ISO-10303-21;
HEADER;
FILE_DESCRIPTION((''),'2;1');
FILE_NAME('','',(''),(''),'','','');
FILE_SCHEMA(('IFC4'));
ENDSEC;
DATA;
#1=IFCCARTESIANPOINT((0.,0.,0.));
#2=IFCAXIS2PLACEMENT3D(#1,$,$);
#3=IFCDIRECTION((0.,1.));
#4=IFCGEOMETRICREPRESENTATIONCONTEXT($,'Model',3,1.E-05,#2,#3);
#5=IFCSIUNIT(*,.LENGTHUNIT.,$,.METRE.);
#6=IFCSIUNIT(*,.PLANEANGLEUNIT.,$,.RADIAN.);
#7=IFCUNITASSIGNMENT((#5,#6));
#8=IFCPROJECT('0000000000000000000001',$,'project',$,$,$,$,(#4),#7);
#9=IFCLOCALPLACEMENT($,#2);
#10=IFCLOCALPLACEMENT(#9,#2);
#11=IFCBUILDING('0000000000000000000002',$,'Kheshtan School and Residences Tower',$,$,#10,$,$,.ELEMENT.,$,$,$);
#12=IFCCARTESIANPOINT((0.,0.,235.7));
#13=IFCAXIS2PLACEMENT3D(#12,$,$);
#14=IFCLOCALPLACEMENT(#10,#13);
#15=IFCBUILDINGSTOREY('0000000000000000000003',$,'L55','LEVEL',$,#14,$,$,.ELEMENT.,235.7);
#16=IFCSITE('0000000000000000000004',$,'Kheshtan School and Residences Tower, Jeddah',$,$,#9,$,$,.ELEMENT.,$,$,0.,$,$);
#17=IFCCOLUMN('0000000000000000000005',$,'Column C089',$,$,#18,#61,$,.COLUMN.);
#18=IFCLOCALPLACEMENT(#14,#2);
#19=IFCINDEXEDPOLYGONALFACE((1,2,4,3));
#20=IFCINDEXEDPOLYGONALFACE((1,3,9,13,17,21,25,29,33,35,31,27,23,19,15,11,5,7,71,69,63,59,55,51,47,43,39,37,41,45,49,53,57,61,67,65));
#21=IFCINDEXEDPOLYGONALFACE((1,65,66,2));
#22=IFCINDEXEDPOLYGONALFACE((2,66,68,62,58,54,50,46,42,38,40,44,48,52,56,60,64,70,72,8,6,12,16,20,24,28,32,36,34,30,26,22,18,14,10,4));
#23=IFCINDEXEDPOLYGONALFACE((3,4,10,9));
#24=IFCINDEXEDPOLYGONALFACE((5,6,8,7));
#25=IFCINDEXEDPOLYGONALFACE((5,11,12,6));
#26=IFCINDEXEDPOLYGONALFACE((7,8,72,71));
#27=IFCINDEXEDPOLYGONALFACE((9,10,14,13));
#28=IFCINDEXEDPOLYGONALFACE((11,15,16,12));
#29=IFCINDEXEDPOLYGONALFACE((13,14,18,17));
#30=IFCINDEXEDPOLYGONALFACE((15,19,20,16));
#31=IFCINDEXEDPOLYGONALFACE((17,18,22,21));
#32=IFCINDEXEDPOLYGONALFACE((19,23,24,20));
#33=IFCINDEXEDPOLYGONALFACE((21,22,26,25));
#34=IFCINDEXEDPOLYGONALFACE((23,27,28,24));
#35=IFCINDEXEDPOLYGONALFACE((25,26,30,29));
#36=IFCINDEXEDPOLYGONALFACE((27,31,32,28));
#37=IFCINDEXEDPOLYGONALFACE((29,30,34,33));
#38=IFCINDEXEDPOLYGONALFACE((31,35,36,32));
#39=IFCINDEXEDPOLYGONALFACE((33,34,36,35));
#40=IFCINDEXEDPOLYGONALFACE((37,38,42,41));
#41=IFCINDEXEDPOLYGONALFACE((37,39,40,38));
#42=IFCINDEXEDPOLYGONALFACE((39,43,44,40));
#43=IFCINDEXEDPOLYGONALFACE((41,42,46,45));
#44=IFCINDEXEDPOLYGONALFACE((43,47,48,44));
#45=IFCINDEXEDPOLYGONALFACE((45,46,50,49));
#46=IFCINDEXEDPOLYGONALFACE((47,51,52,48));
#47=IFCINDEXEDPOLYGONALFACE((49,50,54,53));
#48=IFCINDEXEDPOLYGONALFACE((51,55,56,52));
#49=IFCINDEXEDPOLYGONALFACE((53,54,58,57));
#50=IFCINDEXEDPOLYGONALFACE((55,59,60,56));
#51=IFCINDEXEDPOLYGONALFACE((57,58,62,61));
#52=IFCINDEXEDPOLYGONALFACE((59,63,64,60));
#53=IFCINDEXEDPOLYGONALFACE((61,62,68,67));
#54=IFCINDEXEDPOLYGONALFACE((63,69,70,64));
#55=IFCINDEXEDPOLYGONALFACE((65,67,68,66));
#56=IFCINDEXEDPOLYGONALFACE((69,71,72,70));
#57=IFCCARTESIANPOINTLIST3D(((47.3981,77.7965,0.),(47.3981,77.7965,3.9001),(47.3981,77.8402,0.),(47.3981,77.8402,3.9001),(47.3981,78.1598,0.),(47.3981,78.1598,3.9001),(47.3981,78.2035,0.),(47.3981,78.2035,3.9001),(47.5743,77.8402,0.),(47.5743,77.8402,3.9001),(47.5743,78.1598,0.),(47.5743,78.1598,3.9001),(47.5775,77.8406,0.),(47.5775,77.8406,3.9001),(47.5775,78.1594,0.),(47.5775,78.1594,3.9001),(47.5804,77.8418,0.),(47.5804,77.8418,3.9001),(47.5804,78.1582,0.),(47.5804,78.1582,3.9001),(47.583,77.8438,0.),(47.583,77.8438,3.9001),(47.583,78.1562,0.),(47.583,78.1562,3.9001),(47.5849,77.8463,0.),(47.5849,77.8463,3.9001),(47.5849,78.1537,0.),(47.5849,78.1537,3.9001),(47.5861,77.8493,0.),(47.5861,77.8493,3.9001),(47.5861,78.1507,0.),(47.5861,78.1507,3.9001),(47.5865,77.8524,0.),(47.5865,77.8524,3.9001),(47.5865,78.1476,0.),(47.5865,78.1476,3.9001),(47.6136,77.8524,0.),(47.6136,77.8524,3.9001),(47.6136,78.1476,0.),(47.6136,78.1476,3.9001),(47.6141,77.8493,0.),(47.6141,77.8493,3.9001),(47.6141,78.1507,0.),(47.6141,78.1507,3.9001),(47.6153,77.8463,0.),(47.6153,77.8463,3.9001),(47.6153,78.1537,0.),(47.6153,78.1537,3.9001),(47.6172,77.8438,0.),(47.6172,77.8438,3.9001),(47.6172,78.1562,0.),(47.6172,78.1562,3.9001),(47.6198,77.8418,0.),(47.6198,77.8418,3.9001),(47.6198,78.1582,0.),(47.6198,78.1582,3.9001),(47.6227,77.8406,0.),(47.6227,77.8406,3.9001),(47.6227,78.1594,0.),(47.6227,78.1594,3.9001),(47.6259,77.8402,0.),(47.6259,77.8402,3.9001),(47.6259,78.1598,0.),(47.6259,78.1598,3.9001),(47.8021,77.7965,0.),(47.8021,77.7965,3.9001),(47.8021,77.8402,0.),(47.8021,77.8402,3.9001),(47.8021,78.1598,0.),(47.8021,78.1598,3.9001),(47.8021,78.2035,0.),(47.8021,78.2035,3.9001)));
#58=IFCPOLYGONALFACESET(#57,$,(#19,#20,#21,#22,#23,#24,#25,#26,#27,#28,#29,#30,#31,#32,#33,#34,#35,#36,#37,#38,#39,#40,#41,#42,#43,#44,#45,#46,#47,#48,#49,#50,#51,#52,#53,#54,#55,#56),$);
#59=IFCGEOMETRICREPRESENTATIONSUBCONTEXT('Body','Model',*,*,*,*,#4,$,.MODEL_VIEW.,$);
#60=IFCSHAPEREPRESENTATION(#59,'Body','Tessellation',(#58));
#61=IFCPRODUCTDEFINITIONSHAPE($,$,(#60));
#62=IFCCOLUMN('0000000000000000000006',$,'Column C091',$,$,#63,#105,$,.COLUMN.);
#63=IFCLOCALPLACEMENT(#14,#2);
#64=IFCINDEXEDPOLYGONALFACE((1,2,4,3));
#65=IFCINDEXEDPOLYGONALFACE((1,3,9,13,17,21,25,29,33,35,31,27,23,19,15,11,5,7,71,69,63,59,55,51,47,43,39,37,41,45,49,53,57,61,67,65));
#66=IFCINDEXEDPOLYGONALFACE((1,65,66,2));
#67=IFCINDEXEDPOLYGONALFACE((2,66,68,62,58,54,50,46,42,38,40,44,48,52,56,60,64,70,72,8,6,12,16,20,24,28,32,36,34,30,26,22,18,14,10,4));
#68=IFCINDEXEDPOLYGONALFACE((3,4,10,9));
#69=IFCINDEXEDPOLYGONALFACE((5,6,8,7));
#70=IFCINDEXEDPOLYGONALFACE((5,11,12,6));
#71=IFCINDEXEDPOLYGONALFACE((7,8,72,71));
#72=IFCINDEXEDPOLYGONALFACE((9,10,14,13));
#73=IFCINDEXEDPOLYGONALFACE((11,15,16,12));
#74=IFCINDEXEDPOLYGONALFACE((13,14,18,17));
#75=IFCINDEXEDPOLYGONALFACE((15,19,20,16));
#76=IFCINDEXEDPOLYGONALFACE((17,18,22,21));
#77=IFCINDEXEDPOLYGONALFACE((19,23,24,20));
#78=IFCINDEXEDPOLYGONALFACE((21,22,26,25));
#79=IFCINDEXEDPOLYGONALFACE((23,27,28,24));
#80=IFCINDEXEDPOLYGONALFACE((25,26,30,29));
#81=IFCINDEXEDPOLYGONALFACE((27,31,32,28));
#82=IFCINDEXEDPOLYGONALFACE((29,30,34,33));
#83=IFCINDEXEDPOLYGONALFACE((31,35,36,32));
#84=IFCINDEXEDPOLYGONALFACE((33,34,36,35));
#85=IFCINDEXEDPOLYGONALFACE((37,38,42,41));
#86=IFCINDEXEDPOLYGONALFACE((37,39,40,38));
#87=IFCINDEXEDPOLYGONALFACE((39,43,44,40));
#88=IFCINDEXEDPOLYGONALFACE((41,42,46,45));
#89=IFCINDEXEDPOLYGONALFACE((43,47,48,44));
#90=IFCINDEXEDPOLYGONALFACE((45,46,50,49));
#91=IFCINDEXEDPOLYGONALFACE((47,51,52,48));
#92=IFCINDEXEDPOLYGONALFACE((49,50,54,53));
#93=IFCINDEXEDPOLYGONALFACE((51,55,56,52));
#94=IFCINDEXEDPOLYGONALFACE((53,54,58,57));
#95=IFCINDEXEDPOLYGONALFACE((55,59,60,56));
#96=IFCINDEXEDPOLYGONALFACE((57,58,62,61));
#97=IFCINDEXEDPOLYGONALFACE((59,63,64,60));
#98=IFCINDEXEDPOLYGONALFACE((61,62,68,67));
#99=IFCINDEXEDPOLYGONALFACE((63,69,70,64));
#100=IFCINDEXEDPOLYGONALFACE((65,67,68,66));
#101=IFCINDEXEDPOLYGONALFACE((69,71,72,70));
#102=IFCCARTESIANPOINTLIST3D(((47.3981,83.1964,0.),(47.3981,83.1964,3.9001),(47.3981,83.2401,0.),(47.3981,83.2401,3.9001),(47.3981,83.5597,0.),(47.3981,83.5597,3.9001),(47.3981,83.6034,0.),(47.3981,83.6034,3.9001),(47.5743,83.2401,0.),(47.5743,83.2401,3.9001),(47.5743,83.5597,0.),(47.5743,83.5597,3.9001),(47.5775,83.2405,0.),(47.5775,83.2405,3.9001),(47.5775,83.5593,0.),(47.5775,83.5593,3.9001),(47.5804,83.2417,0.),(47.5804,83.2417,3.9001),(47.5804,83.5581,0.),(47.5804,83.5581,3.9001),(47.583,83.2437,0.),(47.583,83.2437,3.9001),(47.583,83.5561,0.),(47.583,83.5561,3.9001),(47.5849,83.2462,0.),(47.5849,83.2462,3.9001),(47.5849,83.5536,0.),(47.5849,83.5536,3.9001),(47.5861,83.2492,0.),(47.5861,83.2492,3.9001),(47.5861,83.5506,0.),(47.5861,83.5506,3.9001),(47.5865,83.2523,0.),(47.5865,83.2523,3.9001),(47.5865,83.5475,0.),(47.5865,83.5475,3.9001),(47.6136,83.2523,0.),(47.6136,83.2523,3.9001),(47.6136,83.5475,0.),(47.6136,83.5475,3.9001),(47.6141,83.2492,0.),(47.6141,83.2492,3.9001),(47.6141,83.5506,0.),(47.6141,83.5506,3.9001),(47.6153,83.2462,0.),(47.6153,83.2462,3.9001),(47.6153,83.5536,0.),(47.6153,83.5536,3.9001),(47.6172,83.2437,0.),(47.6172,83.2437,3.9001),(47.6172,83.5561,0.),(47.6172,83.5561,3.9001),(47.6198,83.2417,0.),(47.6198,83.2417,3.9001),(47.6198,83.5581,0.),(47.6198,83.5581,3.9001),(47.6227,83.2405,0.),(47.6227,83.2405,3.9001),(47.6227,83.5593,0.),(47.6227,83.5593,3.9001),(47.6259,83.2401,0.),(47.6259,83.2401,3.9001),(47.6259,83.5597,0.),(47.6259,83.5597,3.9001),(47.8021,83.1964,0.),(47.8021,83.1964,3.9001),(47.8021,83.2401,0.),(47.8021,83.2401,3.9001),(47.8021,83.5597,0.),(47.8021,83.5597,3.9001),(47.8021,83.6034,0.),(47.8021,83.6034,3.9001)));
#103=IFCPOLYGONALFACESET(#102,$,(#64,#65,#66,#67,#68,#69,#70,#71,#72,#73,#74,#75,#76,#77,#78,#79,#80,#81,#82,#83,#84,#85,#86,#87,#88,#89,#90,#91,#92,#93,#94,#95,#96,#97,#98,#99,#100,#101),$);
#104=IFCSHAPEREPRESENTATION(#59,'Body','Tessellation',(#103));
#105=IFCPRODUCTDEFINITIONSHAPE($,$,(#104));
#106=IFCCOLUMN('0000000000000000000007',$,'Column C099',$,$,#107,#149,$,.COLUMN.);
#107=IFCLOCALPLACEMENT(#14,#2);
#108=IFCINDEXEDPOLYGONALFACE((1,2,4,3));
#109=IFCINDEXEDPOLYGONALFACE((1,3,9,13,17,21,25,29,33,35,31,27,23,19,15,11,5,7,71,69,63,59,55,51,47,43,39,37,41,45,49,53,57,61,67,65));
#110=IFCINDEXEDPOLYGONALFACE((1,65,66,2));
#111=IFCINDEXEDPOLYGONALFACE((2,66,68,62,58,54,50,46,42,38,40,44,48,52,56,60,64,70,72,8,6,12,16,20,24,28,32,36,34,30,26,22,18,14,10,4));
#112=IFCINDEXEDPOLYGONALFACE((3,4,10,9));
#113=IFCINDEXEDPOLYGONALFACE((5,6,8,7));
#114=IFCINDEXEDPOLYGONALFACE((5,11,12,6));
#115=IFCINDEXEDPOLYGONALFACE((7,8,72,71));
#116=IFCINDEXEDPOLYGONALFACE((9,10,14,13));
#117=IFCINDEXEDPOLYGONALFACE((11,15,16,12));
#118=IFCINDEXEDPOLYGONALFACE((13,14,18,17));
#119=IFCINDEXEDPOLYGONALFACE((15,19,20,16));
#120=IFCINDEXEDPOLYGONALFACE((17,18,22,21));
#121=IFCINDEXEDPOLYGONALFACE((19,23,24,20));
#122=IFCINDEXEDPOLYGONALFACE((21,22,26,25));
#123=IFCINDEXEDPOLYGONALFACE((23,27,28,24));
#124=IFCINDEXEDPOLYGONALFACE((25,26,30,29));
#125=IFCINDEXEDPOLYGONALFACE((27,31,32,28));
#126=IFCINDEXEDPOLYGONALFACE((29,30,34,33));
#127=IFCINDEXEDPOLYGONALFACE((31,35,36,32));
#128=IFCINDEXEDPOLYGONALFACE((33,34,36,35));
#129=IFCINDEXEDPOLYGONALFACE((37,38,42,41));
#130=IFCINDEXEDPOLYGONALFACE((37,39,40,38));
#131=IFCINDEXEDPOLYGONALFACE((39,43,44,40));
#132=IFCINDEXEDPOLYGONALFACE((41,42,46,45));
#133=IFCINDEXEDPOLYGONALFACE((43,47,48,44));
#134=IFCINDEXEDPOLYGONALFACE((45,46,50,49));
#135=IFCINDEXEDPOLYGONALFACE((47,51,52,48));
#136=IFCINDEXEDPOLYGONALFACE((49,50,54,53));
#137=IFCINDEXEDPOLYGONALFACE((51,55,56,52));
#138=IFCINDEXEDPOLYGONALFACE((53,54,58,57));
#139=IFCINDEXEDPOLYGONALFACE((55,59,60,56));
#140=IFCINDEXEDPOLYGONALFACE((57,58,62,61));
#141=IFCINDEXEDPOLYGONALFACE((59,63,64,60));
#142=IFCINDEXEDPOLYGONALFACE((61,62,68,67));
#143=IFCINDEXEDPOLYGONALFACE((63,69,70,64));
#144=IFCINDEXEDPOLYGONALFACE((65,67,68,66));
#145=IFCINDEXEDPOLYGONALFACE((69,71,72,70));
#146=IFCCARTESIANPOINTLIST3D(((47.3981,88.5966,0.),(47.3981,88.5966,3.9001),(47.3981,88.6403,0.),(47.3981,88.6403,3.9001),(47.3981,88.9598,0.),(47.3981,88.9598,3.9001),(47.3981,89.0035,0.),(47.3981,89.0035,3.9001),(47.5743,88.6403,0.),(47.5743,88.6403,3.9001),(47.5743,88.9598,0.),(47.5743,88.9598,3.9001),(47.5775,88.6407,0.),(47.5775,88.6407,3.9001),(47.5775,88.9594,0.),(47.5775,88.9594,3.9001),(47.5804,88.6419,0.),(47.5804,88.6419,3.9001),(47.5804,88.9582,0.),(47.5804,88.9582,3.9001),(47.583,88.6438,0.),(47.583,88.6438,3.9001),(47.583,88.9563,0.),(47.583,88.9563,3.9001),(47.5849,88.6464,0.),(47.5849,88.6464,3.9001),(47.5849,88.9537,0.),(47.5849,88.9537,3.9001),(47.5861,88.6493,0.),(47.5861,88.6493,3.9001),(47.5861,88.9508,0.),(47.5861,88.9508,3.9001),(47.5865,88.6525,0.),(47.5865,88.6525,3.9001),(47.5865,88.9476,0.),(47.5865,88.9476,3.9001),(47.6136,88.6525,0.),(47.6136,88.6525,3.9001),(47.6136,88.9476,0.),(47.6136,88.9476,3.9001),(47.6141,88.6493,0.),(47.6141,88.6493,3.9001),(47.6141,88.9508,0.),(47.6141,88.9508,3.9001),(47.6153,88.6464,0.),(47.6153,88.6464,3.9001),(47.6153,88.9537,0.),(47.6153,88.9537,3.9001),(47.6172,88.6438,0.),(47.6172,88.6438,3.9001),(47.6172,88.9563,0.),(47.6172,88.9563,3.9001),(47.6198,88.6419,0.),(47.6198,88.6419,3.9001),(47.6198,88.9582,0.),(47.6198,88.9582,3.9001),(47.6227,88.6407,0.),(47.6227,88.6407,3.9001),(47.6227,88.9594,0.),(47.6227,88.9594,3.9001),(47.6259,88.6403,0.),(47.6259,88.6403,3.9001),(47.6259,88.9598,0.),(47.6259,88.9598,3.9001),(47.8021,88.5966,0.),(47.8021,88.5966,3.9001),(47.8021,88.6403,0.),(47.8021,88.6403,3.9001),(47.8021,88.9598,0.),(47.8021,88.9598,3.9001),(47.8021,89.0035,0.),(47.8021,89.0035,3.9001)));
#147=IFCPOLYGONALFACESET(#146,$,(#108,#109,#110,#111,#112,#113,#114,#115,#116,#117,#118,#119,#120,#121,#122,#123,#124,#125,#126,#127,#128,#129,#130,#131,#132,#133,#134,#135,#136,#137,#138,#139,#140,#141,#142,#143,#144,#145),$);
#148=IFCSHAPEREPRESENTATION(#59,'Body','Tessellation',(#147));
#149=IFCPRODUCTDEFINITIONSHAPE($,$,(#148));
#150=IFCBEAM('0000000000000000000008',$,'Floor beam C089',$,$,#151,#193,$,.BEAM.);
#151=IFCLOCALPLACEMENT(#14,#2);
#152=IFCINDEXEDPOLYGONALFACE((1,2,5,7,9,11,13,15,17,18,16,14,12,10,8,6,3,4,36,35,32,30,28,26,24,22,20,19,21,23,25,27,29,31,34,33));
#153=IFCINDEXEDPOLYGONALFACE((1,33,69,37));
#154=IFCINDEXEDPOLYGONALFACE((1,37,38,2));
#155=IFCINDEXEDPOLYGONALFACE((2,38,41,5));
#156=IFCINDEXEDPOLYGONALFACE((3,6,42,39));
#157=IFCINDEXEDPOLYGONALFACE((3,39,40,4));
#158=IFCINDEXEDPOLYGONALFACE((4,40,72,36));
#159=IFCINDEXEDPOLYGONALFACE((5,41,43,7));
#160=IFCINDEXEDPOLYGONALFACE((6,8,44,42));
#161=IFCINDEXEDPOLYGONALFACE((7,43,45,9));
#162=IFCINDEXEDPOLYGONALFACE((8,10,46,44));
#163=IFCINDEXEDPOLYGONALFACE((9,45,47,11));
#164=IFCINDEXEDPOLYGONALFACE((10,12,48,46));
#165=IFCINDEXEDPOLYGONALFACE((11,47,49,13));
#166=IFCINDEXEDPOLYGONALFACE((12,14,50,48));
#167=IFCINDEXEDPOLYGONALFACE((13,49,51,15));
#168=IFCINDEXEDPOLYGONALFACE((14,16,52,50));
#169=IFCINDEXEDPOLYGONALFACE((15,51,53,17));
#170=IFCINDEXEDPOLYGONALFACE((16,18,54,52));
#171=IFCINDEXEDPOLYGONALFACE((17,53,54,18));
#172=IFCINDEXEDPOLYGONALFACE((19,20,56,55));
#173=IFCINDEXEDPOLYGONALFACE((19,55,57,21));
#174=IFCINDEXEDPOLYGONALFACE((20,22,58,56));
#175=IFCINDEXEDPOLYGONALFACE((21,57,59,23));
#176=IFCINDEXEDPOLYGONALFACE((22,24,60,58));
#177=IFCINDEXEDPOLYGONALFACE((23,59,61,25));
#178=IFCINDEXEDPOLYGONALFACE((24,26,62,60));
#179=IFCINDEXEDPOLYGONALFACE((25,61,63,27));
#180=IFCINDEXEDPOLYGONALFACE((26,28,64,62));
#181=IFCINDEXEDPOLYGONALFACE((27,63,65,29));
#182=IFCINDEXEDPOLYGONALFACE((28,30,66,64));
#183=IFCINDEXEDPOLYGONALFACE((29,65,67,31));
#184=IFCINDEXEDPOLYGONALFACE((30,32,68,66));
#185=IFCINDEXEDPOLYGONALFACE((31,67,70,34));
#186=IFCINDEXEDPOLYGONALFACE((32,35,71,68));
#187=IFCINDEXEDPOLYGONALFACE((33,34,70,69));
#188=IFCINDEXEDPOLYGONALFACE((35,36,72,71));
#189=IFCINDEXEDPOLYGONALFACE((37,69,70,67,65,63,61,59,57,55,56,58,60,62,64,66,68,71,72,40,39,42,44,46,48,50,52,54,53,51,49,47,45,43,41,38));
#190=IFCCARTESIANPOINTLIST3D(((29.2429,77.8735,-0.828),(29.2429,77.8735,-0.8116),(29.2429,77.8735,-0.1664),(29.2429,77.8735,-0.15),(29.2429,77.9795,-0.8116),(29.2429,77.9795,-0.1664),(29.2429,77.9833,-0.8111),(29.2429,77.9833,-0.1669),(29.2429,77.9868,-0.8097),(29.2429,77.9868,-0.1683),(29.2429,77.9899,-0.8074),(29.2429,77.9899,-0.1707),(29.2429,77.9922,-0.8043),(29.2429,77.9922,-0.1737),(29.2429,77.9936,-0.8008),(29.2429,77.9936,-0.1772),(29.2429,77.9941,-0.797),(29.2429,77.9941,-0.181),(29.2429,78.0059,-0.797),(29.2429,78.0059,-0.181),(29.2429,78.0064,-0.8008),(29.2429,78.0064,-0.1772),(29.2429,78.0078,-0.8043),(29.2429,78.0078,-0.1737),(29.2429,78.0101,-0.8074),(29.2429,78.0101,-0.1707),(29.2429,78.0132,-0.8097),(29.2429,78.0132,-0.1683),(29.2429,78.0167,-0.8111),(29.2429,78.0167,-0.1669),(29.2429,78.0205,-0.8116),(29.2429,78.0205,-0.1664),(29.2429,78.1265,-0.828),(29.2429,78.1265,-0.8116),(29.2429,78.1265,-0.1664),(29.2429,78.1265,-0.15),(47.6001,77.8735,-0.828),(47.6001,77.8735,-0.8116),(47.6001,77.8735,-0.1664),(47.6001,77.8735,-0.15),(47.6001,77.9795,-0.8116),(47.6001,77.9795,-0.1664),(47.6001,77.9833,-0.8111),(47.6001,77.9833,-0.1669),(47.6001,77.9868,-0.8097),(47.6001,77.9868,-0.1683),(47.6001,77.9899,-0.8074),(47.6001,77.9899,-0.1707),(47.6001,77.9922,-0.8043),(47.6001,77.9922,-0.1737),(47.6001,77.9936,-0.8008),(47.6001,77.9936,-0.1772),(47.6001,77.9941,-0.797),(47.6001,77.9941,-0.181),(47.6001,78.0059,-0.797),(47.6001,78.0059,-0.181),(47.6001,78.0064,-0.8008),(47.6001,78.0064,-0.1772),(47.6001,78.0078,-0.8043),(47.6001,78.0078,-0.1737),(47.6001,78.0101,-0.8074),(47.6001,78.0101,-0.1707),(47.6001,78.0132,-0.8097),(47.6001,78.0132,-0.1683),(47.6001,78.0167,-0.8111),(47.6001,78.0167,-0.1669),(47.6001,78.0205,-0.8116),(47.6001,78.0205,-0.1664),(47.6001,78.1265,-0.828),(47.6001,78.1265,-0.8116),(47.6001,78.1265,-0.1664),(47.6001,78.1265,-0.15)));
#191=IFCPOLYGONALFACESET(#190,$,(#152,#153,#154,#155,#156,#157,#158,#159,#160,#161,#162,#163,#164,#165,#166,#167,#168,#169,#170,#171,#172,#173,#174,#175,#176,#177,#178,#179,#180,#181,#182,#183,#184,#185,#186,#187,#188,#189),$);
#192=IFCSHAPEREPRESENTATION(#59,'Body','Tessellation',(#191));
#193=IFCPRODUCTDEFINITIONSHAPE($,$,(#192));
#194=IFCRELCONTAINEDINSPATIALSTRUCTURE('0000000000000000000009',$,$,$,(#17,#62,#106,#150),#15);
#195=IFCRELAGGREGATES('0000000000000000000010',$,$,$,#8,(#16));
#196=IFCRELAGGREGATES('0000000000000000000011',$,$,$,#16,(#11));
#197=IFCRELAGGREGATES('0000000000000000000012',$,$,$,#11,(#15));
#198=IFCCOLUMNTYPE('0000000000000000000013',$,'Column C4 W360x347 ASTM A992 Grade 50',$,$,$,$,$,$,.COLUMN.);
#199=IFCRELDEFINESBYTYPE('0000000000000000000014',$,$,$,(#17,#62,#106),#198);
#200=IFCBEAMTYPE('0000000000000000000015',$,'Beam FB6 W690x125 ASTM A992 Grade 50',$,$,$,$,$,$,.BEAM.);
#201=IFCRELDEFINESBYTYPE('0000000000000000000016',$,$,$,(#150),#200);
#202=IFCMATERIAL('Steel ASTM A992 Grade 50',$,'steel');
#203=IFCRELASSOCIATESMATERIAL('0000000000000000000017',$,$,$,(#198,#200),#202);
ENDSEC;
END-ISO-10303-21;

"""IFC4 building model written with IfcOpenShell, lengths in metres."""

from ifc_helpers import new_model, si_unit, direction, frame, origin, origin_2d, place, context, subcontext, project, spatial, i_section, extrude, material, material_profile, profile_set, type_object, element, save


model = new_model("IFC4")

# Units and contexts
model_context = context("Model", 3, precision=1e-05, world=origin(), true_north=direction((0.0, 1.0)))
body_context = subcontext(model_context, "Body", "Model", "MODEL_VIEW")
ifc_project = project(units=[si_unit("LENGTHUNIT", "METRE"), si_unit("PLANEANGLEUNIT", "RADIAN")], contexts=[model_context])

# Site, building, storey
site_placement = place(None, origin())
site = spatial("IfcSite", under=ifc_project, at=site_placement, Name="Kheshtan School and Residences Tower, Jeddah", CompositionType="ELEMENT", RefElevation=0.0)
building_placement = place(site_placement, origin())
building = spatial("IfcBuilding", under=site, at=building_placement, Name="Kheshtan School and Residences Tower", CompositionType="ELEMENT")
storey_placement = place(building_placement, frame((0.0, 0.0, 235.7)))
storey = spatial("IfcBuildingStorey", under=building, at=storey_placement, Name="L55", Description="LEVEL", CompositionType="ELEMENT", Elevation=235.7)

# Columns
ifc_material_1 = material(Name="Steel ASTM A992 Grade 50", Category="steel")
ifc_material_profile_1 = material_profile(ifc_material_1, i_section(OverallWidth=0.4041, OverallDepth=0.407, WebThickness=0.0271, FlangeThickness=0.0437, FilletRadius=0.0122, at=origin_2d()), Name="W360x347")
ifc_profile_set_1 = profile_set([ifc_material_profile_1], Name="Steel ASTM A992 Grade 50")
column_type = type_object("IfcColumnType", Name="Column C4 W360x347 ASTM A992 Grade 50", PredefinedType="COLUMN", material=ifc_profile_set_1)
for number, where, z_axis, x_axis, name in (
    (1, (47.6001, 78.0, 0.0), (0.0, 0.0, 1.0), (1.0, 0.0, 0.0), "Column C089"),
    (2, (47.6001, 83.3999, 0.0), (0.0, 0.0, 1.0), (1.0, 0.0, 0.0), "Column C091"),
    (3, (47.6001, 88.8, 0.0), (0.0, 0.0, 1.0), (1.0, 0.0, 0.0), "Column C099"),
):
    element("IfcColumn", number, at=place(storey_placement, frame(where, z_axis=z_axis, x_axis=x_axis)), inside=storey, type_object=column_type, Name=name, PredefinedType="COLUMN", context=body_context, shape_type="SweptSolid", body=[
        extrude(i_section(OverallWidth=0.4041, OverallDepth=0.407, WebThickness=0.0271, FlangeThickness=0.0437, FilletRadius=0.0122, at=origin_2d()), origin(), (0.0, 0.0, 1.0), 3.9001),
    ])

# Beam
ifc_material_profile_2 = material_profile(ifc_material_1, i_section(OverallWidth=0.2529, OverallDepth=0.678, WebThickness=0.0117, FlangeThickness=0.0164, FilletRadius=0.0146, at=origin_2d()), Name="W690x125")
ifc_profile_set_2 = profile_set([ifc_material_profile_2], Name="Steel ASTM A992 Grade 50")
beam_type_1 = type_object("IfcBeamType", Name="Beam FB6 W690x125 ASTM A992 Grade 50", PredefinedType="BEAM", material=ifc_profile_set_2)
beam_1_placement = place(storey_placement, frame((47.6001, 78.0, -0.489), z_axis=(-1.0, 0.0, 0.0), x_axis=(0.0, -1.0, 0.0)))
element("IfcBeam", 4, at=beam_1_placement, inside=storey, type_object=beam_type_1, Name="Floor beam C089", PredefinedType="BEAM", context=body_context, shape_type="SweptSolid", body=[
    extrude(i_section(OverallWidth=0.2529, OverallDepth=0.678, WebThickness=0.0117, FlangeThickness=0.0164, FilletRadius=0.0146, at=origin_2d()), origin(), (0.0, 0.0, 1.0), 18.3572),
])

save(model, "model.ifc")
